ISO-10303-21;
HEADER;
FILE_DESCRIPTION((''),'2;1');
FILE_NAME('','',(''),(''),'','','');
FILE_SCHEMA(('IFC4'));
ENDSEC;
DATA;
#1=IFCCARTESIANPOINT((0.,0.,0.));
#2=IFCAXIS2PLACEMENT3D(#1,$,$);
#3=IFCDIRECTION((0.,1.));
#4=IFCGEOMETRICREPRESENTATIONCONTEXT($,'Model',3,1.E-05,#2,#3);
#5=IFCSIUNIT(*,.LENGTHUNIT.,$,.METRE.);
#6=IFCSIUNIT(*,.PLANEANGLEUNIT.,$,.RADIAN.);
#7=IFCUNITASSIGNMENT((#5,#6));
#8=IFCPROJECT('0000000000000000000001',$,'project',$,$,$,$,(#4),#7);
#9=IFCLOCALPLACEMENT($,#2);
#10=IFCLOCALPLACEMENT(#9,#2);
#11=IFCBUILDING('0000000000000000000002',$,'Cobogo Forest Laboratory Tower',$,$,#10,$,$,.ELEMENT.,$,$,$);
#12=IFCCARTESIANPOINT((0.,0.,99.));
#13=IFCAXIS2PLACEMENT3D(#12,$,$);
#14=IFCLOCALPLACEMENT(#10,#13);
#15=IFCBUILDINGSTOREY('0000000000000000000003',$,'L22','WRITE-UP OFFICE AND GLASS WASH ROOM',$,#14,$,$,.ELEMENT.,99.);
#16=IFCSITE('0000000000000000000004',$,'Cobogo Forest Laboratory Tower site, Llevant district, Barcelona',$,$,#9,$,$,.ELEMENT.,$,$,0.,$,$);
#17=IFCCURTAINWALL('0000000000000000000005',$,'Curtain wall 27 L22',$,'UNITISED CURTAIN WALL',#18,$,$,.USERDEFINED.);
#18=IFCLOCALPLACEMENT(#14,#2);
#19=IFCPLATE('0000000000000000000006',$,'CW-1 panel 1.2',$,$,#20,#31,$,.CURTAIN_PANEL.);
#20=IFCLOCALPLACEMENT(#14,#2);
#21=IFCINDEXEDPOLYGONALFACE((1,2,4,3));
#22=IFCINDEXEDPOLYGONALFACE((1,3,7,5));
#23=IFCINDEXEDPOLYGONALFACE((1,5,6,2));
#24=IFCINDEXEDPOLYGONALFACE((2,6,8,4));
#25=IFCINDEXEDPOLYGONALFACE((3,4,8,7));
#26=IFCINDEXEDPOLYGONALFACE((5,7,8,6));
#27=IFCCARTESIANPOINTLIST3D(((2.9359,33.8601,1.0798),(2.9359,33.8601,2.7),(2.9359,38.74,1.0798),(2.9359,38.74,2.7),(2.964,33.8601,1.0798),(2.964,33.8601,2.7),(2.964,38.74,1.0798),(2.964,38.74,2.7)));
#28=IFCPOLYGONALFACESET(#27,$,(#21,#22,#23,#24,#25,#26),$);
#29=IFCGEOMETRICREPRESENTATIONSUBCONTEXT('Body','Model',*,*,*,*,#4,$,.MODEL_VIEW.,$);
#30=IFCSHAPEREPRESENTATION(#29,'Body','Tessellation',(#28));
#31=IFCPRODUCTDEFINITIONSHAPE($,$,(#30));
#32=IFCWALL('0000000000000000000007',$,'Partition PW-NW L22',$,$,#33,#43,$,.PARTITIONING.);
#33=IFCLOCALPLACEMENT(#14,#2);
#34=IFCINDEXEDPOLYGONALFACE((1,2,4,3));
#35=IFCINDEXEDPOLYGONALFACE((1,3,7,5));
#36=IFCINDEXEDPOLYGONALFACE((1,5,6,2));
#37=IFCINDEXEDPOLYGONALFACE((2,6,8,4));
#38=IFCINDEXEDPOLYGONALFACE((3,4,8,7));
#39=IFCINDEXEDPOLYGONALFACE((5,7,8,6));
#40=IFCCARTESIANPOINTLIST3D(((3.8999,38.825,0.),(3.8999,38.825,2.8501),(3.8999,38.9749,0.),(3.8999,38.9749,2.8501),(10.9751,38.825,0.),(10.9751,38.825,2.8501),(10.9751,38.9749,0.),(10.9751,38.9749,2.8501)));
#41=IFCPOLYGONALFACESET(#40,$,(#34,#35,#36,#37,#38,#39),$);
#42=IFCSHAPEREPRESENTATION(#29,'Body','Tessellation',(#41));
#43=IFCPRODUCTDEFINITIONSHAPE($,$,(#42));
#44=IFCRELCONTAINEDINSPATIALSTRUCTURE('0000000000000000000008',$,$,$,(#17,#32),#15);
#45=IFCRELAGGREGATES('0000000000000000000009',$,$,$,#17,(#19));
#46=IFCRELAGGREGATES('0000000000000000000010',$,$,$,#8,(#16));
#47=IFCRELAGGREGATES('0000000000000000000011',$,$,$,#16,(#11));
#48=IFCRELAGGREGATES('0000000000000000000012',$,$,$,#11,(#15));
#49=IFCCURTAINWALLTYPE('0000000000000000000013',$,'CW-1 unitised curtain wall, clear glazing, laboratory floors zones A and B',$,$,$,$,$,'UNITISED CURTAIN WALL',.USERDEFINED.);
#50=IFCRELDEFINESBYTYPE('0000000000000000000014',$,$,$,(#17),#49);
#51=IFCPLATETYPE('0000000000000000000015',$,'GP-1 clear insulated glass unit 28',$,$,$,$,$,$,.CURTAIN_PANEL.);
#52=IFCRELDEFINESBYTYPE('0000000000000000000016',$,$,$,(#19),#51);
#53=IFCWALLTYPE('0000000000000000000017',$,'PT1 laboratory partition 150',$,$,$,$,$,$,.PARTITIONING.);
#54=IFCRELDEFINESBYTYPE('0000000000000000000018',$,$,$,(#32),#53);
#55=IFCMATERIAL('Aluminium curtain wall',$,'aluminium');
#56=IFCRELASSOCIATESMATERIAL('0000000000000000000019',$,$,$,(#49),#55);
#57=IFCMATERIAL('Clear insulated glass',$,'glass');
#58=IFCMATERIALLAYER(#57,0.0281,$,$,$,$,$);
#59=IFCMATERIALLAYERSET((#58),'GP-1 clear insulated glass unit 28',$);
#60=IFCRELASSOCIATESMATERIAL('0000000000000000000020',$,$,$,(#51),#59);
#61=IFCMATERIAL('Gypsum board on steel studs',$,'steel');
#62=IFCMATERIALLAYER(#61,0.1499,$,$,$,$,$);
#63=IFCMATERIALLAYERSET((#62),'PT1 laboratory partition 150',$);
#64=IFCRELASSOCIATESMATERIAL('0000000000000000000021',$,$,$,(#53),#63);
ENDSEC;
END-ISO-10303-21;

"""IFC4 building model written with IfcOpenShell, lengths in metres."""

from ifc_helpers import new_model, si_unit, direction, frame, frame_2d, origin, origin_2d, place, context, subcontext, project, spatial, rectangle, extrude, material, layer, layer_set, type_object, element, aggregate, save


model = new_model("IFC4")

# Units and contexts
model_context = context("Model", 3, precision=1e-05, world=origin(), true_north=direction((0.0, 1.0)))
body_context = subcontext(model_context, "Body", "Model", "MODEL_VIEW")
ifc_project = project(units=[si_unit("LENGTHUNIT", "METRE"), si_unit("PLANEANGLEUNIT", "RADIAN")], contexts=[model_context])

# Site, building, storey
site_placement = place(None, origin())
site = spatial("IfcSite", under=ifc_project, at=site_placement, Name="Cobogo Forest Laboratory Tower site, Llevant district, Barcelona", CompositionType="ELEMENT", RefElevation=0.0)
building_placement = place(site_placement, origin())
building = spatial("IfcBuilding", under=site, at=building_placement, Name="Cobogo Forest Laboratory Tower", CompositionType="ELEMENT")
storey_placement = place(building_placement, frame((0.0, 0.0, 99.0)))
storey = spatial("IfcBuildingStorey", under=building, at=storey_placement, Name="L22", Description="WRITE-UP OFFICE AND GLASS WASH ROOM", CompositionType="ELEMENT", Elevation=99.0)

# Shared definitions
ifc_material_1 = material(Name="Aluminium curtain wall", Category="aluminium")
curtain_wall_type = type_object("IfcCurtainWallType", Name="CW-1 unitised curtain wall, clear glazing, laboratory floors zones A and B", ElementType="UNITISED CURTAIN WALL", PredefinedType="USERDEFINED", material=ifc_material_1)

# Curtain wall
curtain_wall_1_placement = place(storey_placement, origin())
curtain_wall_1 = element("IfcCurtainWall", 1, at=curtain_wall_1_placement, inside=storey, type_object=curtain_wall_type, Name="Curtain wall 27 L22", ObjectType="UNITISED CURTAIN WALL", PredefinedType="USERDEFINED")

# Plate
ifc_material_2 = material(Name="Clear insulated glass", Category="glass")
ifc_layer_1 = layer(ifc_material_2, 0.0281)
ifc_layer_set_1 = layer_set([ifc_layer_1], Name="GP-1 clear insulated glass unit 28")
plate_type_1 = type_object("IfcPlateType", Name="GP-1 clear insulated glass unit 28", PredefinedType="CURTAIN_PANEL", material=ifc_layer_set_1)
plate_1_placement = place(storey_placement, frame((2.95, 36.3, 1.0798), z_axis=(0.0, 0.0, 1.0), x_axis=(0.0, -1.0, 0.0)))
plate_1 = element("IfcPlate", 2, at=plate_1_placement, type_object=plate_type_1, Name="CW-1 panel 1.2", PredefinedType="CURTAIN_PANEL", context=body_context, shape_type="SweptSolid", body=[
    extrude(rectangle(XDim=4.8799, YDim=0.0281, at=origin_2d()), origin(), (0.0, 0.0, 1.0), 1.6201),
])
aggregate(curtain_wall_1, [plate_1])

# Wall
ifc_material_3 = material(Name="Gypsum board on steel studs", Category="steel")
ifc_layer_2 = layer(ifc_material_3, 0.1499)
ifc_layer_set_2 = layer_set([ifc_layer_2], Name="PT1 laboratory partition 150")
wall_type = type_object("IfcWallType", Name="PT1 laboratory partition 150", PredefinedType="PARTITIONING", material=ifc_layer_set_2)
wall_placement = place(storey_placement, frame((3.8999, 38.8999, 0.0), z_axis=(0.0, 0.0, 1.0), x_axis=(1.0, 0.0, 0.0)))
element("IfcWall", 3, at=wall_placement, inside=storey, type_object=wall_type, Name="Partition PW-NW L22", PredefinedType="PARTITIONING", context=body_context, shape_type="SweptSolid", body=[
    extrude(rectangle(XDim=7.0752, YDim=0.1499, at=frame_2d((3.5376, 0.0))), origin(), (0.0, 0.0, 1.0), 2.8501),
])

save(model, "model.ifc")
